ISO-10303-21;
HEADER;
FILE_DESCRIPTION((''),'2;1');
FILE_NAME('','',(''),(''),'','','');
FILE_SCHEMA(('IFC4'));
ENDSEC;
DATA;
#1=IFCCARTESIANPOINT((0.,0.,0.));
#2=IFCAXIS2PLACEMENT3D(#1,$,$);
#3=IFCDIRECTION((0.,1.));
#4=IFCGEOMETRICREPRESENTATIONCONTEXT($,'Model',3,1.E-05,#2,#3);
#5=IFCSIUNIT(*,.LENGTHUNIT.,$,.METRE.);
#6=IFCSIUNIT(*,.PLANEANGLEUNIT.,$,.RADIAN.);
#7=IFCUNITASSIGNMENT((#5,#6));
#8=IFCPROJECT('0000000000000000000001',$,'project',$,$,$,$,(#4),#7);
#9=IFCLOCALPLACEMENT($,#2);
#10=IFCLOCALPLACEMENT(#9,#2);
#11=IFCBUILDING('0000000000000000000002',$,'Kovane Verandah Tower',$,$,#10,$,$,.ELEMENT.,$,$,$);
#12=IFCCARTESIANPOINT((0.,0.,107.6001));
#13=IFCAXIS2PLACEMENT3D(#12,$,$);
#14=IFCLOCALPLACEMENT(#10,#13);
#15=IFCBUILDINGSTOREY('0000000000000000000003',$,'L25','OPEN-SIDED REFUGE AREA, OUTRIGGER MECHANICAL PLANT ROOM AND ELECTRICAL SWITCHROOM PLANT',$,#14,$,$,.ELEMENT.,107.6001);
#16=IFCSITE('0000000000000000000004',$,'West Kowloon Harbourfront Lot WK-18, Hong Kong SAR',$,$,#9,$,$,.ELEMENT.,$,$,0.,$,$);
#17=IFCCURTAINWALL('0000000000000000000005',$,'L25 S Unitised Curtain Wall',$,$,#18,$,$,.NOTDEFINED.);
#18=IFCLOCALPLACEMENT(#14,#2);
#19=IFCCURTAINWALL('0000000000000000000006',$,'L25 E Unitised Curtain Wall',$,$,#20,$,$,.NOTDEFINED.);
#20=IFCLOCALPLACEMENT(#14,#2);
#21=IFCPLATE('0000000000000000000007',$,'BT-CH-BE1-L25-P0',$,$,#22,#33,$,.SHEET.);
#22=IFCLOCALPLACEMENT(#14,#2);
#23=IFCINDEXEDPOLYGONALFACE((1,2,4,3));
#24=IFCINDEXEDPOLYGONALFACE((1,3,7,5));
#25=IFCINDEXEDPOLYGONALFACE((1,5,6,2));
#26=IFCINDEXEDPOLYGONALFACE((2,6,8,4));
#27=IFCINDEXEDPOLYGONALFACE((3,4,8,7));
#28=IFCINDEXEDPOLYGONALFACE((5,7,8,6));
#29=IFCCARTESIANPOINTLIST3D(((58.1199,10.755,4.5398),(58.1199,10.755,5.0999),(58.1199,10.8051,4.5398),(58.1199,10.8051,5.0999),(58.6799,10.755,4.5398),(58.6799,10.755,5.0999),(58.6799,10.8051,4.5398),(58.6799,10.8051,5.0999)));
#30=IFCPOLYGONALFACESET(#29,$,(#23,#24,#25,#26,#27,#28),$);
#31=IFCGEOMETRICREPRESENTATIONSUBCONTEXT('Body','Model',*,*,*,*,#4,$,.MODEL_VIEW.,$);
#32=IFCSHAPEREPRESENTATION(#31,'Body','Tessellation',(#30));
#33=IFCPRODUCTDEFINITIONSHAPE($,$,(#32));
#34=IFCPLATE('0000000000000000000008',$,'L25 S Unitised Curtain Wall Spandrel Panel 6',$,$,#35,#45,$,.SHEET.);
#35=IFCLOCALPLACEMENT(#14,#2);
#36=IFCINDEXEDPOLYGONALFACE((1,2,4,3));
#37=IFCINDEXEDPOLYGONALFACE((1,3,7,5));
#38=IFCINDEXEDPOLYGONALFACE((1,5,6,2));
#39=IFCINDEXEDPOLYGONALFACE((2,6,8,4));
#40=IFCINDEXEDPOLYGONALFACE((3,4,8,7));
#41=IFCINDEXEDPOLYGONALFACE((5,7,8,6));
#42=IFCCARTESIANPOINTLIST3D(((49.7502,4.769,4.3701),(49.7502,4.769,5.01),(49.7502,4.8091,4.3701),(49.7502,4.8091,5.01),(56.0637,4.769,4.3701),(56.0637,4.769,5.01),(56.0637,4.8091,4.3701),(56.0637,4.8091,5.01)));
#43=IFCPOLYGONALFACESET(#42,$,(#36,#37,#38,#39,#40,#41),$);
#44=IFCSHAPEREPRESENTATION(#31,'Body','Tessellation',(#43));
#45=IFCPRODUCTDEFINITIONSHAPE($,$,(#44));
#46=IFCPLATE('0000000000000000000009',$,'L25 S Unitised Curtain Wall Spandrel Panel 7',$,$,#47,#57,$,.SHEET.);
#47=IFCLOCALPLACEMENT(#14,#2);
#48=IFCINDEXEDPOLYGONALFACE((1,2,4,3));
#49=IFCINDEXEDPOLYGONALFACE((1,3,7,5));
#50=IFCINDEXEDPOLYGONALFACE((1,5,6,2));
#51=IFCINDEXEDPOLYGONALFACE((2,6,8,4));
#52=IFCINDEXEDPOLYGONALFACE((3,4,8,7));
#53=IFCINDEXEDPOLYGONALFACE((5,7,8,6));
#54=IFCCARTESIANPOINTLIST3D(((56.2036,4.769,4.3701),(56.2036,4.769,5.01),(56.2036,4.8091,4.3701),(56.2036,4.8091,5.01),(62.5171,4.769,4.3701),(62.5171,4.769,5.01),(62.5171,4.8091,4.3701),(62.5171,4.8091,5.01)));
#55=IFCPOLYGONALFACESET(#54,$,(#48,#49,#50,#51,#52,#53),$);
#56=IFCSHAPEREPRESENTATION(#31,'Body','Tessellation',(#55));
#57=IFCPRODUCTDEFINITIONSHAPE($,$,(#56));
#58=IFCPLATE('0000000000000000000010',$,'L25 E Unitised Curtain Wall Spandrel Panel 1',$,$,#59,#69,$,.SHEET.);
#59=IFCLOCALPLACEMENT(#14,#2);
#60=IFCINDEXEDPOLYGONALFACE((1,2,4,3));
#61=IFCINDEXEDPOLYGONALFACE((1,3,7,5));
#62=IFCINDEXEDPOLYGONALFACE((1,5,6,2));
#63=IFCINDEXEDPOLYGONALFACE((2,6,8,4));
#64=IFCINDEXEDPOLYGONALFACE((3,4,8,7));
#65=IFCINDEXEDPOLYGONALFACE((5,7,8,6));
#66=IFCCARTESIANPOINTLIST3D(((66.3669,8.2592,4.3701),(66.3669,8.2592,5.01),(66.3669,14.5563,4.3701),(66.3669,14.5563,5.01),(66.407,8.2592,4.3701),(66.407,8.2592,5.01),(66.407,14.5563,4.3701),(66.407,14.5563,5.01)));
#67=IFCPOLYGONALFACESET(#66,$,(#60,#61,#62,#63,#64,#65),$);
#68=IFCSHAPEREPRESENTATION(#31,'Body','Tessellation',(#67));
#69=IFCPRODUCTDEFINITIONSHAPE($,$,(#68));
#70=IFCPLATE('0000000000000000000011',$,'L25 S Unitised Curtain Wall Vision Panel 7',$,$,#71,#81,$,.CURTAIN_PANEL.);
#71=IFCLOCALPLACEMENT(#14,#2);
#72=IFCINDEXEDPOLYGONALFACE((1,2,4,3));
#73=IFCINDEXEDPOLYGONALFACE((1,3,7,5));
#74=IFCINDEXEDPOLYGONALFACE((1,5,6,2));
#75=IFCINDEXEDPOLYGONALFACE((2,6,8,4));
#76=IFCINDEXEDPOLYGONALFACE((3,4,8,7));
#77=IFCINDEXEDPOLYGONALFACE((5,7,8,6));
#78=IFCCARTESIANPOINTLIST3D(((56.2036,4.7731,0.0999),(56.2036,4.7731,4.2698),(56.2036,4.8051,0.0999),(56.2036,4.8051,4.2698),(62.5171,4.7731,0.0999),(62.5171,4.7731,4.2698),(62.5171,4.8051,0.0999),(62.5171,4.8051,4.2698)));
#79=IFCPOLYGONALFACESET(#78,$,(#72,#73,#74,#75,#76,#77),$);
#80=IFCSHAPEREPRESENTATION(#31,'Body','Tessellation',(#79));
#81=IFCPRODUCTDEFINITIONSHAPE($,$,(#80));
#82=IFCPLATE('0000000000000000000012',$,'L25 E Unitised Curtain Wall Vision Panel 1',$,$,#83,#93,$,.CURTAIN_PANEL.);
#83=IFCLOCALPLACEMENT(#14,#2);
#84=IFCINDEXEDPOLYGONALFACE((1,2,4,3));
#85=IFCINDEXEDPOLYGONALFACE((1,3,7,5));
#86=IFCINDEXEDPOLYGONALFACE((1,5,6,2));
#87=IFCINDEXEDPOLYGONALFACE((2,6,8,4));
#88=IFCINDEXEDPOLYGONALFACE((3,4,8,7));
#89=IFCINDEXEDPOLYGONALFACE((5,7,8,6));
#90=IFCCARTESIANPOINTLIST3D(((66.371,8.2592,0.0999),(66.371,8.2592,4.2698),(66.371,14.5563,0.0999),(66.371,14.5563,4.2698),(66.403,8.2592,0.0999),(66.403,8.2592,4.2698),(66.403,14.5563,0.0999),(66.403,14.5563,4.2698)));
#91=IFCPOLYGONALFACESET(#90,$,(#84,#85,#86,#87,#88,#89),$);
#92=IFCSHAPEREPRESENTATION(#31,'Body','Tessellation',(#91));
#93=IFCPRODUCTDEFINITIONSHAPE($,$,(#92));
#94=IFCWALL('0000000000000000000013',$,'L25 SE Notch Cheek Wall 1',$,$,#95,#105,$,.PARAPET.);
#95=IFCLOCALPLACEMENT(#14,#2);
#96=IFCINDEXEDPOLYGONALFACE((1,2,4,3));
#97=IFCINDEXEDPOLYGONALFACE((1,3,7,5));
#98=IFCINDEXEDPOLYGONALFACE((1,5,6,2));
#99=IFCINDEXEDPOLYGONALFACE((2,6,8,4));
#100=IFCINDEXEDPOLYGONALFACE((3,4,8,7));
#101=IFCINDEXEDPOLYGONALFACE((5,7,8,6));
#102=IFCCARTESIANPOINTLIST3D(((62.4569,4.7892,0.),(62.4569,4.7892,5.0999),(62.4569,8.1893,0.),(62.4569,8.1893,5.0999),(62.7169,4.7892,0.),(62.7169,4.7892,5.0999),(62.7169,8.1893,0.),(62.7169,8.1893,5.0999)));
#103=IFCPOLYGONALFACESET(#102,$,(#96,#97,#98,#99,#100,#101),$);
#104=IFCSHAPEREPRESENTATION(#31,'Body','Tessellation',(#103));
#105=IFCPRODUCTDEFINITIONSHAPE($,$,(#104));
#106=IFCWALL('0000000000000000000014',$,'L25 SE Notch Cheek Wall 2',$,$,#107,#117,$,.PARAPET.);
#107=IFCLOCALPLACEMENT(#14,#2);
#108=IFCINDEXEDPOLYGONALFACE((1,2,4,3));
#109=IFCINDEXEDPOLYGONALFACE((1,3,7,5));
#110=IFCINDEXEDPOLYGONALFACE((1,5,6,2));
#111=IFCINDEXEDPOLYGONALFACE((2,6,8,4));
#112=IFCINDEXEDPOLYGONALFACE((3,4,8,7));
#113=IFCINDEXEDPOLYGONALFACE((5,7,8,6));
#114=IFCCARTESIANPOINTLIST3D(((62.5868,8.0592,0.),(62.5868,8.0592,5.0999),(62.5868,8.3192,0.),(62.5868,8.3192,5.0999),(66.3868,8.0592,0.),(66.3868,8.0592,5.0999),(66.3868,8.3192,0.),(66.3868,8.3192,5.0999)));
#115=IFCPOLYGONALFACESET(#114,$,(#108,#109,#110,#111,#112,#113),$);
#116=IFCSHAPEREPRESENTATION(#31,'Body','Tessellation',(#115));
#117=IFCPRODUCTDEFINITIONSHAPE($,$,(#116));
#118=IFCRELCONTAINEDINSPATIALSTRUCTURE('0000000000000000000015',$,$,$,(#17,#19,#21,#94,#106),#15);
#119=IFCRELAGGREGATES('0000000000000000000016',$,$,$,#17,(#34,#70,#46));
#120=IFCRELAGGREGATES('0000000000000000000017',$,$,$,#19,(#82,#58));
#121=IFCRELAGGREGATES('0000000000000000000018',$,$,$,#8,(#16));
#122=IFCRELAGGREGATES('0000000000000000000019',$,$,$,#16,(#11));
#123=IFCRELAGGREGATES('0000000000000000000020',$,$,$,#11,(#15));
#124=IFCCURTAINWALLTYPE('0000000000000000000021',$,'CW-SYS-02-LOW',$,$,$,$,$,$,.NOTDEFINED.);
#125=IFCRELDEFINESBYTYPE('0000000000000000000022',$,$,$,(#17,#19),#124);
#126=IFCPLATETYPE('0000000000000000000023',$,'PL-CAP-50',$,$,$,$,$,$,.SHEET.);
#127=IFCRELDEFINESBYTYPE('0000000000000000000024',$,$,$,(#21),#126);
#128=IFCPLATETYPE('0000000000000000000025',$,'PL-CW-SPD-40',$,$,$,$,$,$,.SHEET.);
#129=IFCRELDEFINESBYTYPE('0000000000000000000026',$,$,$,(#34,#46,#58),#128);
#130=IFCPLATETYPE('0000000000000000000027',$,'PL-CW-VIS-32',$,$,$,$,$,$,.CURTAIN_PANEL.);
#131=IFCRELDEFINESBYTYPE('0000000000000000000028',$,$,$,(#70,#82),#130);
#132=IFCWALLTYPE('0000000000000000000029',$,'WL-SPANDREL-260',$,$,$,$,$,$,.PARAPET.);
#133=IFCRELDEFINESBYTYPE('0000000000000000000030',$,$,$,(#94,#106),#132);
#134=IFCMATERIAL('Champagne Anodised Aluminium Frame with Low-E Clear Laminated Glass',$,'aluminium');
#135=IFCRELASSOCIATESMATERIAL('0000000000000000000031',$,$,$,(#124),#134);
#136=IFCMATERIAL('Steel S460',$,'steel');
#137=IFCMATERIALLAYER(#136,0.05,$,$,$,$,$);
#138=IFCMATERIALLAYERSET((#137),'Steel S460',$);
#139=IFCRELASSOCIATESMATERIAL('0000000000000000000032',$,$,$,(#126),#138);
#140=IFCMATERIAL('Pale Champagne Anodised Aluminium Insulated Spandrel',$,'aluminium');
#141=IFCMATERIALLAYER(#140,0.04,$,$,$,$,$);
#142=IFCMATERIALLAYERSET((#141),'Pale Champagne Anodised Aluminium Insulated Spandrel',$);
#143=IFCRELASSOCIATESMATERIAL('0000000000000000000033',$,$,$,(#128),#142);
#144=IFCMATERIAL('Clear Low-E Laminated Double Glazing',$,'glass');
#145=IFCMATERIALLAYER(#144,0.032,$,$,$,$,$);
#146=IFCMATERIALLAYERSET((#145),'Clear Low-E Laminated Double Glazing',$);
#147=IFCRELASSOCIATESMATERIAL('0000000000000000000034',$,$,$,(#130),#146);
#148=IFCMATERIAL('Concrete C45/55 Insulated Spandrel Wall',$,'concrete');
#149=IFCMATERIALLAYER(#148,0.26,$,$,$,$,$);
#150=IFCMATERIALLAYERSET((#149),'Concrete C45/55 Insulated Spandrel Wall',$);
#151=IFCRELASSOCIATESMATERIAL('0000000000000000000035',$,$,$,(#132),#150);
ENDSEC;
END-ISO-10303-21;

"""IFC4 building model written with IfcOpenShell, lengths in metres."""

from ifc_helpers import new_model, si_unit, direction, frame, frame_2d, origin, origin_2d, place, context, subcontext, project, spatial, rectangle, extrude, material, layer, layer_set, type_object, element, aggregate, save


model = new_model("IFC4")

# Units and contexts
model_context = context("Model", 3, precision=1e-05, world=origin(), true_north=direction((0.0, 1.0)))
body_context = subcontext(model_context, "Body", "Model", "MODEL_VIEW")
ifc_project = project(units=[si_unit("LENGTHUNIT", "METRE"), si_unit("PLANEANGLEUNIT", "RADIAN")], contexts=[model_context])

# Site, building, storey
site_placement = place(None, origin())
site = spatial("IfcSite", under=ifc_project, at=site_placement, Name="West Kowloon Harbourfront Lot WK-18, Hong Kong SAR", CompositionType="ELEMENT", RefElevation=0.0)
building_placement = place(site_placement, origin())
building = spatial("IfcBuilding", under=site, at=building_placement, Name="Kovane Verandah Tower", CompositionType="ELEMENT")
storey_placement = place(building_placement, frame((0.0, 0.0, 107.6001)))
storey = spatial("IfcBuildingStorey", under=building, at=storey_placement, Name="L25", Description="OPEN-SIDED REFUGE AREA, OUTRIGGER MECHANICAL PLANT ROOM AND ELECTRICAL SWITCHROOM PLANT", CompositionType="ELEMENT", Elevation=107.6001)

# Shared definitions
ifc_material_1 = material(Name="Steel S460", Category="steel")

# Curtain walls
ifc_material_2 = material(Name="Champagne Anodised Aluminium Frame with Low-E Clear Laminated Glass", Category="aluminium")
curtain_wall_type = type_object("IfcCurtainWallType", Name="CW-SYS-02-LOW", PredefinedType="NOTDEFINED", material=ifc_material_2)
curtain_wall_1_placement = place(storey_placement, origin())
curtain_wall_1 = element("IfcCurtainWall", 1, at=curtain_wall_1_placement, inside=storey, type_object=curtain_wall_type, Name="L25 S Unitised Curtain Wall", PredefinedType="NOTDEFINED")
curtain_wall_2_placement = place(storey_placement, origin())
curtain_wall_2 = element("IfcCurtainWall", 2, at=curtain_wall_2_placement, inside=storey, type_object=curtain_wall_type, Name="L25 E Unitised Curtain Wall", PredefinedType="NOTDEFINED")

# Plates
ifc_layer_1 = layer(ifc_material_1, 0.05)
ifc_layer_set_1 = layer_set([ifc_layer_1], Name="Steel S460")
plate_type_1 = type_object("IfcPlateType", Name="PL-CAP-50", PredefinedType="SHEET", material=ifc_layer_set_1)
plate_1_placement = place(storey_placement, frame((58.3999, 10.78, 4.5398), z_axis=(0.0, 0.0, 1.0), x_axis=(0.0, 1.0, 0.0)))
element("IfcPlate", 3, at=plate_1_placement, inside=storey, type_object=plate_type_1, Name="BT-CH-BE1-L25-P0", PredefinedType="SHEET", context=body_context, shape_type="SweptSolid", body=[
    extrude(rectangle(XDim=0.05, YDim=0.5601, at=origin_2d()), origin(), (0.0, 0.0, 1.0), 0.5601),
])
ifc_material_3 = material(Name="Pale Champagne Anodised Aluminium Insulated Spandrel", Category="aluminium")
ifc_layer_2 = layer(ifc_material_3, 0.04)
ifc_layer_set_2 = layer_set([ifc_layer_2], Name="Pale Champagne Anodised Aluminium Insulated Spandrel")
plate_type_2 = type_object("IfcPlateType", Name="PL-CW-SPD-40", PredefinedType="SHEET", material=ifc_layer_set_2)
plate_2_placement = place(storey_placement, frame((52.907, 4.7891, 4.3701), z_axis=(0.0, 0.0, 1.0), x_axis=(1.0, 0.0, 0.0)))
plate_2 = element("IfcPlate", 4, at=plate_2_placement, type_object=plate_type_2, Name="L25 S Unitised Curtain Wall Spandrel Panel 6", PredefinedType="SHEET", context=body_context, shape_type="SweptSolid", body=[
    extrude(rectangle(XDim=6.3135, YDim=0.04, at=origin_2d()), origin(), (0.0, 0.0, 1.0), 0.6399),
])
plate_3_placement = place(storey_placement, frame((59.3604, 4.7891, 4.3701), z_axis=(0.0, 0.0, 1.0), x_axis=(1.0, 0.0, 0.0)))
plate_3 = element("IfcPlate", 5, at=plate_3_placement, type_object=plate_type_2, Name="L25 S Unitised Curtain Wall Spandrel Panel 7", PredefinedType="SHEET", context=body_context, shape_type="SweptSolid", body=[
    extrude(rectangle(XDim=6.3135, YDim=0.04, at=origin_2d()), origin(), (0.0, 0.0, 1.0), 0.6399),
])
plate_4_placement = place(storey_placement, frame((66.387, 11.4077, 4.3701), z_axis=(0.0, 0.0, 1.0), x_axis=(0.0, 1.0, 0.0)))
plate_4 = element("IfcPlate", 6, at=plate_4_placement, type_object=plate_type_2, Name="L25 E Unitised Curtain Wall Spandrel Panel 1", PredefinedType="SHEET", context=body_context, shape_type="SweptSolid", body=[
    extrude(rectangle(XDim=6.2971, YDim=0.04, at=origin_2d()), origin(), (0.0, 0.0, 1.0), 0.6399),
])
ifc_material_4 = material(Name="Clear Low-E Laminated Double Glazing", Category="glass")
ifc_layer_3 = layer(ifc_material_4, 0.032)
ifc_layer_set_3 = layer_set([ifc_layer_3], Name="Clear Low-E Laminated Double Glazing")
plate_type_3 = type_object("IfcPlateType", Name="PL-CW-VIS-32", PredefinedType="CURTAIN_PANEL", material=ifc_layer_set_3)
plate_5_placement = place(storey_placement, frame((59.3604, 4.7891, 0.0999), z_axis=(0.0, 0.0, 1.0), x_axis=(1.0, 0.0, 0.0)))
plate_5 = element("IfcPlate", 7, at=plate_5_placement, type_object=plate_type_3, Name="L25 S Unitised Curtain Wall Vision Panel 7", PredefinedType="CURTAIN_PANEL", context=body_context, shape_type="SweptSolid", body=[
    extrude(rectangle(XDim=6.3135, YDim=0.032, at=origin_2d()), origin(), (0.0, 0.0, 1.0), 4.1699),
])
aggregate(curtain_wall_1, [plate_2, plate_5, plate_3])
plate_6_placement = place(storey_placement, frame((66.387, 11.4077, 0.0999), z_axis=(0.0, 0.0, 1.0), x_axis=(0.0, 1.0, 0.0)))
plate_6 = element("IfcPlate", 8, at=plate_6_placement, type_object=plate_type_3, Name="L25 E Unitised Curtain Wall Vision Panel 1", PredefinedType="CURTAIN_PANEL", context=body_context, shape_type="SweptSolid", body=[
    extrude(rectangle(XDim=6.2971, YDim=0.032, at=origin_2d()), origin(), (0.0, 0.0, 1.0), 4.1699),
])
aggregate(curtain_wall_2, [plate_6, plate_4])

# Walls
ifc_material_5 = material(Name="Concrete C45/55 Insulated Spandrel Wall", Category="concrete")
ifc_layer_4 = layer(ifc_material_5, 0.26)
ifc_layer_set_4 = layer_set([ifc_layer_4], Name="Concrete C45/55 Insulated Spandrel Wall")
wall_type = type_object("IfcWallType", Name="WL-SPANDREL-260", PredefinedType="PARAPET", material=ifc_layer_set_4)
wall_1_placement = place(storey_placement, frame((62.5869, 4.7891, 0.0), z_axis=(0.0, 0.0, 1.0), x_axis=(0.0, 1.0, 0.0)))
element("IfcWall", 9, at=wall_1_placement, inside=storey, type_object=wall_type, Name="L25 SE Notch Cheek Wall 1", PredefinedType="PARAPET", context=body_context, shape_type="SweptSolid", body=[
    extrude(rectangle(XDim=3.4001, YDim=0.26, at=frame_2d((1.7002, 0.0))), origin(), (0.0, 0.0, 1.0), 5.0999),
])
wall_2_placement = place(storey_placement, frame((62.5869, 8.1892, 0.0), z_axis=(0.0, 0.0, 1.0), x_axis=(1.0, 0.0, 0.0)))
element("IfcWall", 10, at=wall_2_placement, inside=storey, type_object=wall_type, Name="L25 SE Notch Cheek Wall 2", PredefinedType="PARAPET", context=body_context, shape_type="SweptSolid", body=[
    extrude(rectangle(XDim=3.8, YDim=0.26, at=frame_2d((1.8999, 0.0))), origin(), (0.0, 0.0, 1.0), 5.0999),
])

save(model, "model.ifc")
